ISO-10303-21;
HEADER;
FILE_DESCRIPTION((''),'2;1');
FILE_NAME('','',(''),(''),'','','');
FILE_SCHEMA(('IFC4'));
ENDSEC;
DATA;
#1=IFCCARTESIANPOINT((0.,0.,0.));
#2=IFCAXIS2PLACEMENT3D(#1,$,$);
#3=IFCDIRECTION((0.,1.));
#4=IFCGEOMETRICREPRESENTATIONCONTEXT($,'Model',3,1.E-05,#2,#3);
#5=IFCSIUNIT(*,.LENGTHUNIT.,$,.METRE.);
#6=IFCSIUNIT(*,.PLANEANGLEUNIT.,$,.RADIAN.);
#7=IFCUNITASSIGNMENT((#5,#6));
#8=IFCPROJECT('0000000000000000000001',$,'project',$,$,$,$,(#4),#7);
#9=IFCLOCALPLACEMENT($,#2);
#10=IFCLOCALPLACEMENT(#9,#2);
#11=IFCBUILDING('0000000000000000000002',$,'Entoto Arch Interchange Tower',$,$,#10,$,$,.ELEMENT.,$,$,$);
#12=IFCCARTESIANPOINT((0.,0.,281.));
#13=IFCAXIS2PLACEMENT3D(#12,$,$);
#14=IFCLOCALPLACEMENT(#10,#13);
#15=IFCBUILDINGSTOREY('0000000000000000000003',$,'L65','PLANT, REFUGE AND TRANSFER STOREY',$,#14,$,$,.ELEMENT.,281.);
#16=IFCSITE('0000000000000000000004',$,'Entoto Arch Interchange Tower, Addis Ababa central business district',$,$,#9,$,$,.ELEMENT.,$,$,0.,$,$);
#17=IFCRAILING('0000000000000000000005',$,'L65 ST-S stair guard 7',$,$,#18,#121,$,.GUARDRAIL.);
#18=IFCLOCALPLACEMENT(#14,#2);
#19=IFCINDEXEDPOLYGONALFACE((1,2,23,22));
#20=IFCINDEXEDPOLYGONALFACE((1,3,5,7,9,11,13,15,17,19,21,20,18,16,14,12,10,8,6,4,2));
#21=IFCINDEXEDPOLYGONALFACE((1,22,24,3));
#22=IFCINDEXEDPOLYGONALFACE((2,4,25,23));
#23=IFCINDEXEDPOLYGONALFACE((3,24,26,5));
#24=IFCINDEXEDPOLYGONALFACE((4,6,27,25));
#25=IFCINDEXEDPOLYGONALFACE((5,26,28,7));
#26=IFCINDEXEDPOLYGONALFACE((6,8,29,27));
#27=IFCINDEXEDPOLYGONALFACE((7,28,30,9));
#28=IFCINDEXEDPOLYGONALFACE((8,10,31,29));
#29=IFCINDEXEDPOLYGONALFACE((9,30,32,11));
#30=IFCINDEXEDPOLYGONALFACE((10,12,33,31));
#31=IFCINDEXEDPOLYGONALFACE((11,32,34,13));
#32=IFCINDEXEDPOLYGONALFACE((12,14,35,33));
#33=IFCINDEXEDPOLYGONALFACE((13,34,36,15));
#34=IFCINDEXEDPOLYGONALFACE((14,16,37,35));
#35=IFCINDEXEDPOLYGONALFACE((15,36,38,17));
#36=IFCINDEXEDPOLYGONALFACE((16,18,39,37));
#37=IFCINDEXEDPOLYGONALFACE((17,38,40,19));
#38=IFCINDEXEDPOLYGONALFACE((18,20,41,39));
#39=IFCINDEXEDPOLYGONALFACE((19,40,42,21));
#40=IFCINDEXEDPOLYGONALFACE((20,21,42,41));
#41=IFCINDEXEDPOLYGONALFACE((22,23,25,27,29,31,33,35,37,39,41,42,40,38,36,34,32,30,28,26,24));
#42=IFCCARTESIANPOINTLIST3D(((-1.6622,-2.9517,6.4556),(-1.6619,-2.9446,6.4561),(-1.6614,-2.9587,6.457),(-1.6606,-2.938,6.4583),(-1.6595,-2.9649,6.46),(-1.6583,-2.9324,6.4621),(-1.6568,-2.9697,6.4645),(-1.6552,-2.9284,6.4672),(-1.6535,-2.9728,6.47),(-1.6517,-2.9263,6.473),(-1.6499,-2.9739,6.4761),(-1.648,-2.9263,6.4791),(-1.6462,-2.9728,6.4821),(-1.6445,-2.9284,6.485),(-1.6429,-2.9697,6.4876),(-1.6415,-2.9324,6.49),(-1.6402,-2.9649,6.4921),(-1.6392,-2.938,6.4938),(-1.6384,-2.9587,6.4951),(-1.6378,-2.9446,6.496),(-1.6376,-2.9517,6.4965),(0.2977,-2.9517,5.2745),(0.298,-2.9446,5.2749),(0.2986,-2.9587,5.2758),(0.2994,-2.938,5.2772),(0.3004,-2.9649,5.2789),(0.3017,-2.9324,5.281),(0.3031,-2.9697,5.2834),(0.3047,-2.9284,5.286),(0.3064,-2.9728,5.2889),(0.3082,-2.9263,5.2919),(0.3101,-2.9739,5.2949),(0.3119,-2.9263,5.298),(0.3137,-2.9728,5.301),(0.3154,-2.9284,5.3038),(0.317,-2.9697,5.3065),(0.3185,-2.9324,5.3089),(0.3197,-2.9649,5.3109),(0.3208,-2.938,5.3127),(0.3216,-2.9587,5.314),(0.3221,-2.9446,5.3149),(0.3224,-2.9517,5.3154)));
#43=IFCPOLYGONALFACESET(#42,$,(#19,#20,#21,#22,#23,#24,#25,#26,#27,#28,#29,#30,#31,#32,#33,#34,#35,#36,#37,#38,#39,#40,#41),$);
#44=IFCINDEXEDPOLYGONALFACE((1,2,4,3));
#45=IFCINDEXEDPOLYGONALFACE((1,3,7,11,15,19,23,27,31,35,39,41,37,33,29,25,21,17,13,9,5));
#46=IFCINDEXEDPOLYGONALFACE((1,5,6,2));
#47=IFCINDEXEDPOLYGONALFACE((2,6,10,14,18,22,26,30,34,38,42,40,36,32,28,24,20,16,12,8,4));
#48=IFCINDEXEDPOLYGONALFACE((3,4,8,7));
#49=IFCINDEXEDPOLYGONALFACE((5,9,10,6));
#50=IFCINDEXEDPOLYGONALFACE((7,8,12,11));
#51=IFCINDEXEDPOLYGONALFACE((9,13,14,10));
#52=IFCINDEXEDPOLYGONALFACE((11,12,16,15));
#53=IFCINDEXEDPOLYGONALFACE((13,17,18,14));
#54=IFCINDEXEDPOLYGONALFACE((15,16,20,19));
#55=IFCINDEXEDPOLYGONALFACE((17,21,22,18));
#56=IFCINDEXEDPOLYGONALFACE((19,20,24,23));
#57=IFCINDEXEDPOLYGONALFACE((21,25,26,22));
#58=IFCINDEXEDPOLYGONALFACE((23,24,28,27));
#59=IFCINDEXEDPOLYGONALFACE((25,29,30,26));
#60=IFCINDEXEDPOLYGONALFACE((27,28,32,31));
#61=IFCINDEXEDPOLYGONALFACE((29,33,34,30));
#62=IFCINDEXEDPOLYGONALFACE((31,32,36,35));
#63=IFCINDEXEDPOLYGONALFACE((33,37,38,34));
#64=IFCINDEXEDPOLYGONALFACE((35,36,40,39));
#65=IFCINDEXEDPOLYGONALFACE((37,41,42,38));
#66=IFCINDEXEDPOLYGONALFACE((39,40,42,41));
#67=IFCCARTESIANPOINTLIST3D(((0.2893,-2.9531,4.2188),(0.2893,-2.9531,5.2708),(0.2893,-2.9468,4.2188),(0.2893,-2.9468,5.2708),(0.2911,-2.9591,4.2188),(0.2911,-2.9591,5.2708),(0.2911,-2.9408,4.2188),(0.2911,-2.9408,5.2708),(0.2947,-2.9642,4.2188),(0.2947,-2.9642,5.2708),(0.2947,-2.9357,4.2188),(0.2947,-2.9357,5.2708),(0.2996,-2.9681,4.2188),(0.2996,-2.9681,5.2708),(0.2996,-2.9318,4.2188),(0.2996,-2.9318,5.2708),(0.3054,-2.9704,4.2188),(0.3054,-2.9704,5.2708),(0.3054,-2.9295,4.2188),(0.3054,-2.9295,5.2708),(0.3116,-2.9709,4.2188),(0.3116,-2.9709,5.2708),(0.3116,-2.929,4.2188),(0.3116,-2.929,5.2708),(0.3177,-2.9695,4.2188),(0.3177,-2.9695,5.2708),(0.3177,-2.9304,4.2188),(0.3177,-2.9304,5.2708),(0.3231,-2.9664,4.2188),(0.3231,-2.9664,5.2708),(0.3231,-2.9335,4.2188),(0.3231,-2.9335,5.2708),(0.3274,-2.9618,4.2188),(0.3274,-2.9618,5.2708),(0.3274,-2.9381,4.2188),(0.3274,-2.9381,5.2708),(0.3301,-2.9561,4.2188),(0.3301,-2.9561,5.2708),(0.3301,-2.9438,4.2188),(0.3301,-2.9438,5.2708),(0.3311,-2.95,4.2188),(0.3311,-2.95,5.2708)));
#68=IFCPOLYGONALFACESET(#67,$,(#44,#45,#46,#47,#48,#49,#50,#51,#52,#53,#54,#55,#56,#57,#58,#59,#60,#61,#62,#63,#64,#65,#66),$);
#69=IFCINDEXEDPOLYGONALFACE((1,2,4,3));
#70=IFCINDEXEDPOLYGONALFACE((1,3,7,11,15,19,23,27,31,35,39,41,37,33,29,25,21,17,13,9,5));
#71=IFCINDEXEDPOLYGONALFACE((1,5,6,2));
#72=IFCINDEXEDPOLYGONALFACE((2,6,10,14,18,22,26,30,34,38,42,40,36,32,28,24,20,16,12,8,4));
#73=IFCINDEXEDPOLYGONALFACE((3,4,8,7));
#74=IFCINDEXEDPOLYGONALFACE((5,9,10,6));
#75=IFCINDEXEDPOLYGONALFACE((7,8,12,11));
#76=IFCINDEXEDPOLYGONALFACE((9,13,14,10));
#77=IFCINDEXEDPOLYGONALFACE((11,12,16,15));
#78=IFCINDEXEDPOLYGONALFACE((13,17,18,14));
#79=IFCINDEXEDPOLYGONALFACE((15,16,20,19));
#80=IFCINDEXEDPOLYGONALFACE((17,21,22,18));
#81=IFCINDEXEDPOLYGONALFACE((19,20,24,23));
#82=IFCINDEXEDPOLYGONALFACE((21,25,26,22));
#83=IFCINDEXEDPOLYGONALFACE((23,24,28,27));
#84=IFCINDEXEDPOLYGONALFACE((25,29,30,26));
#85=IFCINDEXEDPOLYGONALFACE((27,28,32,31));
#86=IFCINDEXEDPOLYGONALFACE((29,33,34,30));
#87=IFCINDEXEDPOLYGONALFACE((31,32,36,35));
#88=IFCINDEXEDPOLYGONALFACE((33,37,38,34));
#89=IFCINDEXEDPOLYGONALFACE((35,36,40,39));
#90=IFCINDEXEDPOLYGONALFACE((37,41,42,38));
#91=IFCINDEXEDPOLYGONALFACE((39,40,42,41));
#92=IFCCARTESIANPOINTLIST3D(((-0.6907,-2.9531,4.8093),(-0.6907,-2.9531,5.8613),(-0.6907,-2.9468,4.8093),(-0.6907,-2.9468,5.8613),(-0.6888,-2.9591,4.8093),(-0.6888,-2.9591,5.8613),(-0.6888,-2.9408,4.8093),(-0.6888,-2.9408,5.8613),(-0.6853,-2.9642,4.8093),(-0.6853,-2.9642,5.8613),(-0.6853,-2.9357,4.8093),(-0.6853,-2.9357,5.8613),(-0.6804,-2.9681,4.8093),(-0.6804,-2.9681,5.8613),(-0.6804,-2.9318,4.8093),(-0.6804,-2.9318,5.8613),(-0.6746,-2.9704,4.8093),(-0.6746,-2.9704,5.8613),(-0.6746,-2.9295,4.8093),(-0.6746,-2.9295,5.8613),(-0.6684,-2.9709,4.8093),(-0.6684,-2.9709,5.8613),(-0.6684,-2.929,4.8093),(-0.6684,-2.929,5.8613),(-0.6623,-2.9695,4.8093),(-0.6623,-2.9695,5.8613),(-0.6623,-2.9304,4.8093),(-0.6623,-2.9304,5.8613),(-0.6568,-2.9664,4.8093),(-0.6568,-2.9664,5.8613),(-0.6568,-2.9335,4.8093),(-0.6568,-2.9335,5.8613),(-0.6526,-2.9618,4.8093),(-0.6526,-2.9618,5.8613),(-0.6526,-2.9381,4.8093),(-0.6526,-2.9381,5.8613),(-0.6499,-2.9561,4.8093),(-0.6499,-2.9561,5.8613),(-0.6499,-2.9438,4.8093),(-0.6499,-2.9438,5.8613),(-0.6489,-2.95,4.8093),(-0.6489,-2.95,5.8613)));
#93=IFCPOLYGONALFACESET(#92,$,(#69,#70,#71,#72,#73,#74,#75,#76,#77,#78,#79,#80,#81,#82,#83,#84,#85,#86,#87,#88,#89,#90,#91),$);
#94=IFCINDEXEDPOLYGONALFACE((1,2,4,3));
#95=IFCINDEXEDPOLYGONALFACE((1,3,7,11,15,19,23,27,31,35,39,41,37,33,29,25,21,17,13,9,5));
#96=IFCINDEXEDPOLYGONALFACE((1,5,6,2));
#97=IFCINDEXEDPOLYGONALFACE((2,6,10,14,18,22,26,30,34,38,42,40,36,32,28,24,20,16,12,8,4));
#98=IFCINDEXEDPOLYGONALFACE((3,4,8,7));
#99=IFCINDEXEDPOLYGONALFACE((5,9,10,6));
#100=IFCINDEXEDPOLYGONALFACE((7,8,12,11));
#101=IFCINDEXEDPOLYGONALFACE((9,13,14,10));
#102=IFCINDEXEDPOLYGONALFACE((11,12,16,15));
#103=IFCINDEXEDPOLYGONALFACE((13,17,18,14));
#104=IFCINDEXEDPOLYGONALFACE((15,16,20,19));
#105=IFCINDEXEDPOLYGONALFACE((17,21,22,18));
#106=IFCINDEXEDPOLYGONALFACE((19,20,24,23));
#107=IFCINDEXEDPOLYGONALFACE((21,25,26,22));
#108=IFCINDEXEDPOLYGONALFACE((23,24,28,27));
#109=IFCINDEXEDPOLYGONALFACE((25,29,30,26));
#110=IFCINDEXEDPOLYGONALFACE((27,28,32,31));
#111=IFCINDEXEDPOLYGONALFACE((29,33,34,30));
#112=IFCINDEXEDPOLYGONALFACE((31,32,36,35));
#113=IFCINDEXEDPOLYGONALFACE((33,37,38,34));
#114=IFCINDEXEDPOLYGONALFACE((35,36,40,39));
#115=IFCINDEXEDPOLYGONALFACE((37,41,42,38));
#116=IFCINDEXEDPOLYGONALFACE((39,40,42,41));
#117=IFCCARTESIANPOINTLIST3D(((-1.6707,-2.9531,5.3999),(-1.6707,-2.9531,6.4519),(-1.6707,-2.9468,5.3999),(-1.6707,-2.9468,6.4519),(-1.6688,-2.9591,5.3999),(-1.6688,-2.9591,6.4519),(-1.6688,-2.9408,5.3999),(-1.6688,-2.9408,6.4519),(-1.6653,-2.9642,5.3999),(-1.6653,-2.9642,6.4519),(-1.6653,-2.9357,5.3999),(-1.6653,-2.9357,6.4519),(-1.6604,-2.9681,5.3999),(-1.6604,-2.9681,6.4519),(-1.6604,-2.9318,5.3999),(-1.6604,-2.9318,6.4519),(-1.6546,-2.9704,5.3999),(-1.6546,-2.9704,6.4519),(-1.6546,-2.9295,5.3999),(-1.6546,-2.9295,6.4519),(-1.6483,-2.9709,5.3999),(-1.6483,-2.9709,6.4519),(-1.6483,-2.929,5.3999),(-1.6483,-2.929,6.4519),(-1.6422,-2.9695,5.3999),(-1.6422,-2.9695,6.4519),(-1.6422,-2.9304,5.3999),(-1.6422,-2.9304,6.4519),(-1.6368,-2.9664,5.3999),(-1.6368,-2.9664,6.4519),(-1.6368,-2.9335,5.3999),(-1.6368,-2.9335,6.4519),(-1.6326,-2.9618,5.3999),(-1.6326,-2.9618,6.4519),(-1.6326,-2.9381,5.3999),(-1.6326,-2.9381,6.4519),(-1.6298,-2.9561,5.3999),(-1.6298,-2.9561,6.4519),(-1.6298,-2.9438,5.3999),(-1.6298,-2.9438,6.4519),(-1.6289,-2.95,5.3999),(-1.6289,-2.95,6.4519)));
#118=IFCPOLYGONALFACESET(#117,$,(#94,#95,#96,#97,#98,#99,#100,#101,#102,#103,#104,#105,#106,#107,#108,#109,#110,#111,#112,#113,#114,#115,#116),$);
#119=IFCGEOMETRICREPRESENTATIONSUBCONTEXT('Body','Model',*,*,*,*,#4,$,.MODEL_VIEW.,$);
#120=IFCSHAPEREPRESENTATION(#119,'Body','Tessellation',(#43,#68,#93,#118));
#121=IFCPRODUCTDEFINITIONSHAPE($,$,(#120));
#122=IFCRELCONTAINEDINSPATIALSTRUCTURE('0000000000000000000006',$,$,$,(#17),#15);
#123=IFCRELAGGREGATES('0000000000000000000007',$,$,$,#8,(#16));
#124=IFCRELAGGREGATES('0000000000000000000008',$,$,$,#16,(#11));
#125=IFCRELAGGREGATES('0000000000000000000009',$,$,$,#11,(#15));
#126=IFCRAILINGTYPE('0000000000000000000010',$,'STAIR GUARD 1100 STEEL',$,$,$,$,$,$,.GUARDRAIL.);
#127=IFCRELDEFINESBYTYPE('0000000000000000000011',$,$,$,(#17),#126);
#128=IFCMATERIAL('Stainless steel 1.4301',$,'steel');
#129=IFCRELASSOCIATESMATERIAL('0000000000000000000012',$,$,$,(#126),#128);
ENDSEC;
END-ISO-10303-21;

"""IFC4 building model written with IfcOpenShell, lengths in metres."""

from ifc_helpers import new_model, si_unit, direction, frame, origin, origin_2d, place, context, subcontext, project, spatial, circle, extrude, material, type_object, element, save


model = new_model("IFC4")

# Units and contexts
model_context = context("Model", 3, precision=1e-05, world=origin(), true_north=direction((0.0, 1.0)))
body_context = subcontext(model_context, "Body", "Model", "MODEL_VIEW")
ifc_project = project(units=[si_unit("LENGTHUNIT", "METRE"), si_unit("PLANEANGLEUNIT", "RADIAN")], contexts=[model_context])

# Site, building, storey
site_placement = place(None, origin())
site = spatial("IfcSite", under=ifc_project, at=site_placement, Name="Entoto Arch Interchange Tower, Addis Ababa central business district", CompositionType="ELEMENT", RefElevation=0.0)
building_placement = place(site_placement, origin())
building = spatial("IfcBuilding", under=site, at=building_placement, Name="Entoto Arch Interchange Tower", CompositionType="ELEMENT")
storey_placement = place(building_placement, frame((0.0, 0.0, 281.0)))
storey = spatial("IfcBuildingStorey", under=building, at=storey_placement, Name="L65", Description="PLANT, REFUGE AND TRANSFER STOREY", CompositionType="ELEMENT", Elevation=281.0)

# Railing
ifc_material_1 = material(Name="Stainless steel 1.4301", Category="steel")
railing_type_1 = type_object("IfcRailingType", Name="STAIR GUARD 1100 STEEL", PredefinedType="GUARDRAIL", material=ifc_material_1)
railing_placement = place(storey_placement, frame((0.3101, -2.95, 4.2188)))
element("IfcRailing", 1, at=railing_placement, inside=storey, type_object=railing_type_1, Name="L65 ST-S stair guard 7", PredefinedType="GUARDRAIL", context=body_context, shape_type="SweptSolid", body=[
    extrude(circle(Radius=0.0239, at=origin_2d()), frame((0.0, 0.0, 1.0762), z_axis=(-0.856493, 0.0, 0.516158), x_axis=(0.0, -1.0, 0.0)), (0.0, 0.0, 1.0), 2.2883),
    extrude(circle(Radius=0.021, at=origin_2d()), origin(), (0.0, 0.0, 1.0), 1.052),
    extrude(circle(Radius=0.021, at=origin_2d()), frame((-0.98, 0.0, 0.5906)), (0.0, 0.0, 1.0), 1.052),
    extrude(circle(Radius=0.021, at=origin_2d()), frame((-1.96, 0.0, 1.1812)), (0.0, 0.0, 1.0), 1.052),
])

save(model, "model.ifc")
